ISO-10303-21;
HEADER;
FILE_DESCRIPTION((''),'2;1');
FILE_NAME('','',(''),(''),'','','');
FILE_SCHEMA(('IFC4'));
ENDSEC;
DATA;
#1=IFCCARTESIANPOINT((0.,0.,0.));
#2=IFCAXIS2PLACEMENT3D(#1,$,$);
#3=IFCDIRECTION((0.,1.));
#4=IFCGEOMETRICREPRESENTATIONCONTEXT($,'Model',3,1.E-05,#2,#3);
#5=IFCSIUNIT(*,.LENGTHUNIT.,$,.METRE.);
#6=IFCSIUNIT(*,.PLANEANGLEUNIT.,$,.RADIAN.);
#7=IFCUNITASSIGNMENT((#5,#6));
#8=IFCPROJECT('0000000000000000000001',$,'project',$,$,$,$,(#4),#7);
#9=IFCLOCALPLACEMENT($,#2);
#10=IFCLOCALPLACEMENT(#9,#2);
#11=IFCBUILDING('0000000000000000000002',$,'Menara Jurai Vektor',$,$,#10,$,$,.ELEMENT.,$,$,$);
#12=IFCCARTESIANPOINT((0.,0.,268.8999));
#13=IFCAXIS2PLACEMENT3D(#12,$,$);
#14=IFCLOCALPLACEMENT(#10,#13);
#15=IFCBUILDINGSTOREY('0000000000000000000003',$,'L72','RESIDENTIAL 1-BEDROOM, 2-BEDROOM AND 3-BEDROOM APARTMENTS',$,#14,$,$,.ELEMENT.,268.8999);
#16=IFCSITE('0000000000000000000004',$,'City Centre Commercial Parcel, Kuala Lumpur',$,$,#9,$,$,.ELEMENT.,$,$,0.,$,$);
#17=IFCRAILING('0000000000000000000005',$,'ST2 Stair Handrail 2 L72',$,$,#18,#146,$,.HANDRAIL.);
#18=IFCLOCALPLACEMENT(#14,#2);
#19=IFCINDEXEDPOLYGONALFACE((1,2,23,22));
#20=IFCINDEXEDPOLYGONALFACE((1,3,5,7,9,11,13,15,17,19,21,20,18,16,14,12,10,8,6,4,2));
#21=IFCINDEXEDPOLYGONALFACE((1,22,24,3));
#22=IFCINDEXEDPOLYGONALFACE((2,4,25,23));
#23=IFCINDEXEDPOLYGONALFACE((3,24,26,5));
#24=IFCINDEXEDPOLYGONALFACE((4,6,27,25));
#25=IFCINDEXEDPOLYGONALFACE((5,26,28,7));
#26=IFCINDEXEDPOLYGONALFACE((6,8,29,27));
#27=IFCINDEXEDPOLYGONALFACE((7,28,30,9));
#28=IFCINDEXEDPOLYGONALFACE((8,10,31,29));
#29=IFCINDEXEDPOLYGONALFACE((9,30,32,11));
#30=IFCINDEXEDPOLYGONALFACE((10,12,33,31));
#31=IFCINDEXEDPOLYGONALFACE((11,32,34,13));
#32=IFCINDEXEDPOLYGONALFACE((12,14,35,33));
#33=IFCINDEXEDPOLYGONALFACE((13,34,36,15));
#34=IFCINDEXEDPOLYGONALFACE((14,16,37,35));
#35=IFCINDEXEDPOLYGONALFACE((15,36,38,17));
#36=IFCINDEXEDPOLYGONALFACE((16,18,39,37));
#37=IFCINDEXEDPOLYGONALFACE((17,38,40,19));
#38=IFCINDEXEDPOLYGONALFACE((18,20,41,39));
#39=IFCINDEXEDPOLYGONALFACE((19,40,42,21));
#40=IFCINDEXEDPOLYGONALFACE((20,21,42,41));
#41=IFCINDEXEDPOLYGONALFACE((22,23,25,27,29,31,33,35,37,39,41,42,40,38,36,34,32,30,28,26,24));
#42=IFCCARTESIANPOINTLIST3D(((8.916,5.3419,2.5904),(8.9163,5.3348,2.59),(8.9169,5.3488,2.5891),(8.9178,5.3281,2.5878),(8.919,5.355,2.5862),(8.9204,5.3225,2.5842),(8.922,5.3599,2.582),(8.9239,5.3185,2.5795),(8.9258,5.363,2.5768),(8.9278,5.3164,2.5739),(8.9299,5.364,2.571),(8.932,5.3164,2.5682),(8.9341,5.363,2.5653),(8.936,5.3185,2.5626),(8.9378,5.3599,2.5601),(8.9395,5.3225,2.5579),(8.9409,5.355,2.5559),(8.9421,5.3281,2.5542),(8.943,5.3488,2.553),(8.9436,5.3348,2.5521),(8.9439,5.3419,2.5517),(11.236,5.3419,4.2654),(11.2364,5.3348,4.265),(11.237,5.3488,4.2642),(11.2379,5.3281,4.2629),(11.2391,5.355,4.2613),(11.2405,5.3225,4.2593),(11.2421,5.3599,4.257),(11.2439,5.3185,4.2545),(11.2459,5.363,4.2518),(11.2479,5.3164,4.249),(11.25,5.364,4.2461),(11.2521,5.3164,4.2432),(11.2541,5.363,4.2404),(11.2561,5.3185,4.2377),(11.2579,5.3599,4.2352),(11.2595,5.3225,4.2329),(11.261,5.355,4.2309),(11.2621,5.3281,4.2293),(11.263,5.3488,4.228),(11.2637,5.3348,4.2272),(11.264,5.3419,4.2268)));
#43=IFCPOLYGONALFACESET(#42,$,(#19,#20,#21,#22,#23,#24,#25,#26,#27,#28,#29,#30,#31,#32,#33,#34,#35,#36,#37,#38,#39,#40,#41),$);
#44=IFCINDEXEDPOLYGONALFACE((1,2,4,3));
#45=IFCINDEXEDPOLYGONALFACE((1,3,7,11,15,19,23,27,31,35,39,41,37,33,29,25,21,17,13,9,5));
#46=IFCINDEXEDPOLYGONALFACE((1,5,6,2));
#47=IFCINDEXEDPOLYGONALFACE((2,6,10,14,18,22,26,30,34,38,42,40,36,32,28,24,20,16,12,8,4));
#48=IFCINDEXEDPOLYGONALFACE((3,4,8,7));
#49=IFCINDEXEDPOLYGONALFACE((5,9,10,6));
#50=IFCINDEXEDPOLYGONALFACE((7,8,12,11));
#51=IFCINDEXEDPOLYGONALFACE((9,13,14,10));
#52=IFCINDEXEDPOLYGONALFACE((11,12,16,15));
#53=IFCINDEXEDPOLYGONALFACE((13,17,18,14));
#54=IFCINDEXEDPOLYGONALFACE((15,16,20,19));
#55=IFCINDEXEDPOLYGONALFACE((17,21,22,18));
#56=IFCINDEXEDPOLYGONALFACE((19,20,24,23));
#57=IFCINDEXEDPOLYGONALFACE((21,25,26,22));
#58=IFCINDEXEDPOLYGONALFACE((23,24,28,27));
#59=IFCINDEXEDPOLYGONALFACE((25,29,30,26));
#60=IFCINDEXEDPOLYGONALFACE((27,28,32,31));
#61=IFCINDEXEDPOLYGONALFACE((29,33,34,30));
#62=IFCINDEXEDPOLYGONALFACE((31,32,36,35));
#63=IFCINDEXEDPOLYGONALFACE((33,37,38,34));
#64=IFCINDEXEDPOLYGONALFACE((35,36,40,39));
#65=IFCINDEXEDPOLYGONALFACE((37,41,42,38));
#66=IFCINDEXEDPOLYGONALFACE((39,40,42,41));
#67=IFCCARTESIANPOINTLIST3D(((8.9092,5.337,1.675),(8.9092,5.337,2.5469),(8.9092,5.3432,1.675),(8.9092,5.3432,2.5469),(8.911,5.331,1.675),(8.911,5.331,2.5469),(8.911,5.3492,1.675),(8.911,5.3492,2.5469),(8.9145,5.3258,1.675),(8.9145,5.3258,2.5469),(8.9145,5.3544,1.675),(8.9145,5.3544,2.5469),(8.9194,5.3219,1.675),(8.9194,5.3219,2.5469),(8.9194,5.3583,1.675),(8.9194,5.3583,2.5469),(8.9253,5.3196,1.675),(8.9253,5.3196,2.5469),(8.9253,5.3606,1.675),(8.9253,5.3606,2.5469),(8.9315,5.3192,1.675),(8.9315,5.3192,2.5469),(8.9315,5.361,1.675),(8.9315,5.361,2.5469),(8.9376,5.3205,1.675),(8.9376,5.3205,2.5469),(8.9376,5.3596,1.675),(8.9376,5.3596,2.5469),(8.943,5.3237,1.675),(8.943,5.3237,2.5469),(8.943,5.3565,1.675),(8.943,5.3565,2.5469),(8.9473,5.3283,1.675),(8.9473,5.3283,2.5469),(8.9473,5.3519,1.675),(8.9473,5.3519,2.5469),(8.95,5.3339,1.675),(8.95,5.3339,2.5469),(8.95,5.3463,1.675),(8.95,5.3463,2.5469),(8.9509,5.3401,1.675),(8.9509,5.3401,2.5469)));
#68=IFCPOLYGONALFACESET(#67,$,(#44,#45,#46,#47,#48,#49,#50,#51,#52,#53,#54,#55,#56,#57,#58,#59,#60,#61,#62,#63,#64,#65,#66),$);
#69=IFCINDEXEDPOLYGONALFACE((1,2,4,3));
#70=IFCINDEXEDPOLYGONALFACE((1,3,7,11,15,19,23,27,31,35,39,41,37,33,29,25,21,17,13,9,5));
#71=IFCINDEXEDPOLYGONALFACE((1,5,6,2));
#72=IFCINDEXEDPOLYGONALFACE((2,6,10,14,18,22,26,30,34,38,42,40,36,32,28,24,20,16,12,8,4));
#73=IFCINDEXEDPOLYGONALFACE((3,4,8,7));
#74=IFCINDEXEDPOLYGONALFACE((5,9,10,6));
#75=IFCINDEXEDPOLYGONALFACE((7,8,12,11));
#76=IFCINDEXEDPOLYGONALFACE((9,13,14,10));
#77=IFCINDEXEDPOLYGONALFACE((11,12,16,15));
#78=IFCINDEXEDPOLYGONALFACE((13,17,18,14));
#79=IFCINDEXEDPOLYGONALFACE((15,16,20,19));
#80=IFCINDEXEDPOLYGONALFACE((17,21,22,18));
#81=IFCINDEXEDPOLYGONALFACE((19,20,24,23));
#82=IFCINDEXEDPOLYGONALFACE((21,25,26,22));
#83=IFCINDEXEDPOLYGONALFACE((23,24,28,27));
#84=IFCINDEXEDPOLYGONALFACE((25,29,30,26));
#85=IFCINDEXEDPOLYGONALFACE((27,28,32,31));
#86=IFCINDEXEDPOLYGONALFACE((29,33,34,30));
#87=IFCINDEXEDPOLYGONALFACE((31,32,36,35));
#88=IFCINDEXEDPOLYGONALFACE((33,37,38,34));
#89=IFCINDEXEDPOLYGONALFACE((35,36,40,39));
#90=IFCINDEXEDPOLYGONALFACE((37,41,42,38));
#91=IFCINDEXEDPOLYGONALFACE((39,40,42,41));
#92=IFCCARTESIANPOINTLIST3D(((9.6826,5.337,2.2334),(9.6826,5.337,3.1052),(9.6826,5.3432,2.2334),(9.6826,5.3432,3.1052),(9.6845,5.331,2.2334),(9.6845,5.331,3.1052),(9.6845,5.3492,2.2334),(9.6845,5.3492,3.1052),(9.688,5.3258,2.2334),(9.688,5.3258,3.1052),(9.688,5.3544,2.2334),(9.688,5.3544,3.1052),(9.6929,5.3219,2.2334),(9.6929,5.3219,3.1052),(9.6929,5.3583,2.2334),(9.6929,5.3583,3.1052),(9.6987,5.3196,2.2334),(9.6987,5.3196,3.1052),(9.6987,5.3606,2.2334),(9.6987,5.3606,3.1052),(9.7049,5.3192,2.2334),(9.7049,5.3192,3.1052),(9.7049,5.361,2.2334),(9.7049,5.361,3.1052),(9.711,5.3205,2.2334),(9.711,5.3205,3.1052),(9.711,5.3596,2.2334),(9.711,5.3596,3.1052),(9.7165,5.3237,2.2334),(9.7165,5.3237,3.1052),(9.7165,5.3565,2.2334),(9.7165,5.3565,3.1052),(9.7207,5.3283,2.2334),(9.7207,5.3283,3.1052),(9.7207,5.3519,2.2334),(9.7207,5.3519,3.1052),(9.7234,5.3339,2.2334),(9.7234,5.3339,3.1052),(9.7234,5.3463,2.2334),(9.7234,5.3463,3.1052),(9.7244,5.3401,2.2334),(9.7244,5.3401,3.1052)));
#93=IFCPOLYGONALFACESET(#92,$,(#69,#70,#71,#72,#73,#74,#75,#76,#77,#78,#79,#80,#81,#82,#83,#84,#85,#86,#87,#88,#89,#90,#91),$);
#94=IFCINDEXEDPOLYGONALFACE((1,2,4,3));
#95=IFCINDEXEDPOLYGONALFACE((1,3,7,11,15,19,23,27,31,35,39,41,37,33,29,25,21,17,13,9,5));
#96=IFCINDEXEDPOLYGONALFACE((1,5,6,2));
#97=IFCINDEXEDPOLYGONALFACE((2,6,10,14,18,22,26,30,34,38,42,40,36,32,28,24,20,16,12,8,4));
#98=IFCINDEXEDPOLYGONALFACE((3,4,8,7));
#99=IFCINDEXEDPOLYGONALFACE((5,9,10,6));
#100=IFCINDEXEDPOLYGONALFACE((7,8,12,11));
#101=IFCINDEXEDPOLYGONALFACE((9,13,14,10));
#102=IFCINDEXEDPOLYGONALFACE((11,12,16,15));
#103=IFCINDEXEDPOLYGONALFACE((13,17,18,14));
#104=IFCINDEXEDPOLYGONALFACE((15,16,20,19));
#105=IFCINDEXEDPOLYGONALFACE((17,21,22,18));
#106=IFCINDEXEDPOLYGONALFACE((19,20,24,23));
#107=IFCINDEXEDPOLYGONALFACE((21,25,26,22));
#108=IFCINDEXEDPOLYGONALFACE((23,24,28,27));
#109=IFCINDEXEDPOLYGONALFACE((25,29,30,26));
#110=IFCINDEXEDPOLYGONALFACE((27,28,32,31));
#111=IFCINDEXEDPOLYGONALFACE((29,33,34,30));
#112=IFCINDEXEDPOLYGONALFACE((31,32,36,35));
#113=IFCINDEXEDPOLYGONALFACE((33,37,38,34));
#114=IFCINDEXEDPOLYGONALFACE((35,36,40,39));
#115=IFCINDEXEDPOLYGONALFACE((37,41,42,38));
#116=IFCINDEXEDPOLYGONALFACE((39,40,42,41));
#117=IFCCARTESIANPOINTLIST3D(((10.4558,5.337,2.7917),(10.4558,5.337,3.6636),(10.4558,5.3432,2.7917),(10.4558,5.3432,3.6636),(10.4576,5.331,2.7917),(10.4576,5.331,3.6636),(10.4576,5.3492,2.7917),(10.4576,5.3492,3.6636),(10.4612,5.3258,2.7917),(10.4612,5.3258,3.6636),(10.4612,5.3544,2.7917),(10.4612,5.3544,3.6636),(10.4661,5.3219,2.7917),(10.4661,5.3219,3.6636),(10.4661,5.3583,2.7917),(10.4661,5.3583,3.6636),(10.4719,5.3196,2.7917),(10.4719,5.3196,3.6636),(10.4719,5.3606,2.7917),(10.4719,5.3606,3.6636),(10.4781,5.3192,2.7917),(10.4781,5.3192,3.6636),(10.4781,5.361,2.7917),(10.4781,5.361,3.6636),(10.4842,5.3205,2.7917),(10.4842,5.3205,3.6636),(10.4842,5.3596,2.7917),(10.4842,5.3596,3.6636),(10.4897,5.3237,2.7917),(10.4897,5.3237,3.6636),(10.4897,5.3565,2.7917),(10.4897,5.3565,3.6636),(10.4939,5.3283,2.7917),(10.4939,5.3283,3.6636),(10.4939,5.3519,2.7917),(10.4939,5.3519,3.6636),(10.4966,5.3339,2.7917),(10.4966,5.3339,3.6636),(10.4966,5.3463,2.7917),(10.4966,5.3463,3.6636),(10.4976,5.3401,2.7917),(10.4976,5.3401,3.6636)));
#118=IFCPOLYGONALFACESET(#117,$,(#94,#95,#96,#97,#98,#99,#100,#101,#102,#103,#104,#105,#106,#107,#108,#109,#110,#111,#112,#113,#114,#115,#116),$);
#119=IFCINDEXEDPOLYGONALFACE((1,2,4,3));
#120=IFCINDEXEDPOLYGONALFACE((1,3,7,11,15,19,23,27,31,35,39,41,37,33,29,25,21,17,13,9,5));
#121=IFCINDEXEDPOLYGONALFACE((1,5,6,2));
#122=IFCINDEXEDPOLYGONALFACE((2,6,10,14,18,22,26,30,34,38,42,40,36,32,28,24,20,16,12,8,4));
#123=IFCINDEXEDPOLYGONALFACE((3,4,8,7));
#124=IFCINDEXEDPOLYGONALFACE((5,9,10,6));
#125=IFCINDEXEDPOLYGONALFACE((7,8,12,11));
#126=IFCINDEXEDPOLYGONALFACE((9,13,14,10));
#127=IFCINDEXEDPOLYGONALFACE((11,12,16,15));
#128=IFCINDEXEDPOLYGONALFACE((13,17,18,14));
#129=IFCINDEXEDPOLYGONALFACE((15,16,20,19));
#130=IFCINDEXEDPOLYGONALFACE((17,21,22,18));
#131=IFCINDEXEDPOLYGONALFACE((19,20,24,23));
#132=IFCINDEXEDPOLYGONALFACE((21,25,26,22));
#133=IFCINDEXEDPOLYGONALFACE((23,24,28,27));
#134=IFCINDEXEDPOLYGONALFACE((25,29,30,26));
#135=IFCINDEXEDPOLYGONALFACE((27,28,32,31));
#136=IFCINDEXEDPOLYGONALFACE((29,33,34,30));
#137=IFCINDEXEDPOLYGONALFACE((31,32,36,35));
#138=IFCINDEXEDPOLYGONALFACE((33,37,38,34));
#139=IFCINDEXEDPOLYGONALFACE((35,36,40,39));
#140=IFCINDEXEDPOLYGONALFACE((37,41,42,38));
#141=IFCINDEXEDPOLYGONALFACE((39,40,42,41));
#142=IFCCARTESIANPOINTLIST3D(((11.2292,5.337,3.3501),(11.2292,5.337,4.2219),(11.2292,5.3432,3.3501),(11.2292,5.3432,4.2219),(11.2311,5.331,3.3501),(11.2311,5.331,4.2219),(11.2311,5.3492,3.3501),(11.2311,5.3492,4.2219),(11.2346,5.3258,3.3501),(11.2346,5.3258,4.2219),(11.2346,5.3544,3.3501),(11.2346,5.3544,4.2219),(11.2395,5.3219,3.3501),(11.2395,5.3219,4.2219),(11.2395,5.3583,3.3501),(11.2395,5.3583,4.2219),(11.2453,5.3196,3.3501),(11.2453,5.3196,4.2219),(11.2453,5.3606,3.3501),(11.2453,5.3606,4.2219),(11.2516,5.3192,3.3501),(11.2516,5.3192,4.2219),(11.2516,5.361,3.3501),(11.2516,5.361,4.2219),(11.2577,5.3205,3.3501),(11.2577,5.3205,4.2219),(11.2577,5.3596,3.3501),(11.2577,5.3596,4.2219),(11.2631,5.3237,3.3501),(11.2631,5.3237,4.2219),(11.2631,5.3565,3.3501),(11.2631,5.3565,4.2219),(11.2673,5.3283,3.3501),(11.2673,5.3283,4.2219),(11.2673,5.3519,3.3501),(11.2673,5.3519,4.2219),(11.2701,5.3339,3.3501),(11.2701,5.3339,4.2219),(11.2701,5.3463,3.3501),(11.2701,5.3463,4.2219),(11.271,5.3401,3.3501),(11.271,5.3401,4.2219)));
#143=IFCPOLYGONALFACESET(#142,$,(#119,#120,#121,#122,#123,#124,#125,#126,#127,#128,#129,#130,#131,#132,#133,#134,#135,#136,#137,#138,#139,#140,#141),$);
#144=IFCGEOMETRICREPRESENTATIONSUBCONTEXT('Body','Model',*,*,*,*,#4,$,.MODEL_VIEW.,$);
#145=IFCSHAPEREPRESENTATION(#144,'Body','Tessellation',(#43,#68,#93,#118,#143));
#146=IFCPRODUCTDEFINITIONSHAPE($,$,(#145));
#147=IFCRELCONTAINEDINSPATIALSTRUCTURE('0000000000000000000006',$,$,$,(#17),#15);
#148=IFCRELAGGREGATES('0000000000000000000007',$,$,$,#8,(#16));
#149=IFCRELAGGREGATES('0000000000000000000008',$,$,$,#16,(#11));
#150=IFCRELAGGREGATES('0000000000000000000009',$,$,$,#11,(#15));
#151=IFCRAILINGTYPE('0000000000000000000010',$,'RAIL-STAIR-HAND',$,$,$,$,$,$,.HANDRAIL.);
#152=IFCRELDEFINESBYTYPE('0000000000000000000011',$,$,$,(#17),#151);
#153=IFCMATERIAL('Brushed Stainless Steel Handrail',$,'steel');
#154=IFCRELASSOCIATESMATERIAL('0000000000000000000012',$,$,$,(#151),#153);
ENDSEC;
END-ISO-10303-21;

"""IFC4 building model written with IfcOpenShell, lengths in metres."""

from ifc_helpers import new_model, si_unit, direction, frame, origin, origin_2d, place, context, subcontext, project, spatial, circle, extrude, material, type_object, element, save


model = new_model("IFC4")

# Units and contexts
model_context = context("Model", 3, precision=1e-05, world=origin(), true_north=direction((0.0, 1.0)))
body_context = subcontext(model_context, "Body", "Model", "MODEL_VIEW")
ifc_project = project(units=[si_unit("LENGTHUNIT", "METRE"), si_unit("PLANEANGLEUNIT", "RADIAN")], contexts=[model_context])

# Site, building, storey
site_placement = place(None, origin())
site = spatial("IfcSite", under=ifc_project, at=site_placement, Name="City Centre Commercial Parcel, Kuala Lumpur", CompositionType="ELEMENT", RefElevation=0.0)
building_placement = place(site_placement, origin())
building = spatial("IfcBuilding", under=site, at=building_placement, Name="Menara Jurai Vektor", CompositionType="ELEMENT")
storey_placement = place(building_placement, frame((0.0, 0.0, 268.8999)))
storey = spatial("IfcBuildingStorey", under=building, at=storey_placement, Name="L72", Description="RESIDENTIAL 1-BEDROOM, 2-BEDROOM AND 3-BEDROOM APARTMENTS", CompositionType="ELEMENT", Elevation=268.8999)

# Railing
ifc_material_1 = material(Name="Brushed Stainless Steel Handrail", Category="steel")
railing_type_1 = type_object("IfcRailingType", Name="RAIL-STAIR-HAND", PredefinedType="HANDRAIL", material=ifc_material_1)
railing_1_placement = place(storey_placement, frame((8.9299, 5.3401, 1.675)))
element("IfcRailing", 1, at=railing_1_placement, inside=storey, type_object=railing_type_1, Name="ST2 Stair Handrail 2 L72", PredefinedType="HANDRAIL", context=body_context, shape_type="SweptSolid", body=[
    extrude(circle(Radius=0.0239, at=origin_2d()), frame((0.0, 0.0, 0.896), z_axis=(0.810771, 0.0, 0.585363), x_axis=(0.0, 1.0, 0.0)), (0.0, 0.0, 1.0), 2.8616),
    extrude(circle(Radius=0.021, at=origin_2d()), origin(), (0.0, 0.0, 1.0), 0.8718),
    extrude(circle(Radius=0.021, at=origin_2d()), frame((0.7734, 0.0, 0.5583)), (0.0, 0.0, 1.0), 0.8718),
    extrude(circle(Radius=0.021, at=origin_2d()), frame((1.5466, 0.0, 1.1167)), (0.0, 0.0, 1.0), 0.8718),
    extrude(circle(Radius=0.021, at=origin_2d()), frame((2.3201, 0.0, 1.675)), (0.0, 0.0, 1.0), 0.8718),
])

save(model, "model.ifc")
